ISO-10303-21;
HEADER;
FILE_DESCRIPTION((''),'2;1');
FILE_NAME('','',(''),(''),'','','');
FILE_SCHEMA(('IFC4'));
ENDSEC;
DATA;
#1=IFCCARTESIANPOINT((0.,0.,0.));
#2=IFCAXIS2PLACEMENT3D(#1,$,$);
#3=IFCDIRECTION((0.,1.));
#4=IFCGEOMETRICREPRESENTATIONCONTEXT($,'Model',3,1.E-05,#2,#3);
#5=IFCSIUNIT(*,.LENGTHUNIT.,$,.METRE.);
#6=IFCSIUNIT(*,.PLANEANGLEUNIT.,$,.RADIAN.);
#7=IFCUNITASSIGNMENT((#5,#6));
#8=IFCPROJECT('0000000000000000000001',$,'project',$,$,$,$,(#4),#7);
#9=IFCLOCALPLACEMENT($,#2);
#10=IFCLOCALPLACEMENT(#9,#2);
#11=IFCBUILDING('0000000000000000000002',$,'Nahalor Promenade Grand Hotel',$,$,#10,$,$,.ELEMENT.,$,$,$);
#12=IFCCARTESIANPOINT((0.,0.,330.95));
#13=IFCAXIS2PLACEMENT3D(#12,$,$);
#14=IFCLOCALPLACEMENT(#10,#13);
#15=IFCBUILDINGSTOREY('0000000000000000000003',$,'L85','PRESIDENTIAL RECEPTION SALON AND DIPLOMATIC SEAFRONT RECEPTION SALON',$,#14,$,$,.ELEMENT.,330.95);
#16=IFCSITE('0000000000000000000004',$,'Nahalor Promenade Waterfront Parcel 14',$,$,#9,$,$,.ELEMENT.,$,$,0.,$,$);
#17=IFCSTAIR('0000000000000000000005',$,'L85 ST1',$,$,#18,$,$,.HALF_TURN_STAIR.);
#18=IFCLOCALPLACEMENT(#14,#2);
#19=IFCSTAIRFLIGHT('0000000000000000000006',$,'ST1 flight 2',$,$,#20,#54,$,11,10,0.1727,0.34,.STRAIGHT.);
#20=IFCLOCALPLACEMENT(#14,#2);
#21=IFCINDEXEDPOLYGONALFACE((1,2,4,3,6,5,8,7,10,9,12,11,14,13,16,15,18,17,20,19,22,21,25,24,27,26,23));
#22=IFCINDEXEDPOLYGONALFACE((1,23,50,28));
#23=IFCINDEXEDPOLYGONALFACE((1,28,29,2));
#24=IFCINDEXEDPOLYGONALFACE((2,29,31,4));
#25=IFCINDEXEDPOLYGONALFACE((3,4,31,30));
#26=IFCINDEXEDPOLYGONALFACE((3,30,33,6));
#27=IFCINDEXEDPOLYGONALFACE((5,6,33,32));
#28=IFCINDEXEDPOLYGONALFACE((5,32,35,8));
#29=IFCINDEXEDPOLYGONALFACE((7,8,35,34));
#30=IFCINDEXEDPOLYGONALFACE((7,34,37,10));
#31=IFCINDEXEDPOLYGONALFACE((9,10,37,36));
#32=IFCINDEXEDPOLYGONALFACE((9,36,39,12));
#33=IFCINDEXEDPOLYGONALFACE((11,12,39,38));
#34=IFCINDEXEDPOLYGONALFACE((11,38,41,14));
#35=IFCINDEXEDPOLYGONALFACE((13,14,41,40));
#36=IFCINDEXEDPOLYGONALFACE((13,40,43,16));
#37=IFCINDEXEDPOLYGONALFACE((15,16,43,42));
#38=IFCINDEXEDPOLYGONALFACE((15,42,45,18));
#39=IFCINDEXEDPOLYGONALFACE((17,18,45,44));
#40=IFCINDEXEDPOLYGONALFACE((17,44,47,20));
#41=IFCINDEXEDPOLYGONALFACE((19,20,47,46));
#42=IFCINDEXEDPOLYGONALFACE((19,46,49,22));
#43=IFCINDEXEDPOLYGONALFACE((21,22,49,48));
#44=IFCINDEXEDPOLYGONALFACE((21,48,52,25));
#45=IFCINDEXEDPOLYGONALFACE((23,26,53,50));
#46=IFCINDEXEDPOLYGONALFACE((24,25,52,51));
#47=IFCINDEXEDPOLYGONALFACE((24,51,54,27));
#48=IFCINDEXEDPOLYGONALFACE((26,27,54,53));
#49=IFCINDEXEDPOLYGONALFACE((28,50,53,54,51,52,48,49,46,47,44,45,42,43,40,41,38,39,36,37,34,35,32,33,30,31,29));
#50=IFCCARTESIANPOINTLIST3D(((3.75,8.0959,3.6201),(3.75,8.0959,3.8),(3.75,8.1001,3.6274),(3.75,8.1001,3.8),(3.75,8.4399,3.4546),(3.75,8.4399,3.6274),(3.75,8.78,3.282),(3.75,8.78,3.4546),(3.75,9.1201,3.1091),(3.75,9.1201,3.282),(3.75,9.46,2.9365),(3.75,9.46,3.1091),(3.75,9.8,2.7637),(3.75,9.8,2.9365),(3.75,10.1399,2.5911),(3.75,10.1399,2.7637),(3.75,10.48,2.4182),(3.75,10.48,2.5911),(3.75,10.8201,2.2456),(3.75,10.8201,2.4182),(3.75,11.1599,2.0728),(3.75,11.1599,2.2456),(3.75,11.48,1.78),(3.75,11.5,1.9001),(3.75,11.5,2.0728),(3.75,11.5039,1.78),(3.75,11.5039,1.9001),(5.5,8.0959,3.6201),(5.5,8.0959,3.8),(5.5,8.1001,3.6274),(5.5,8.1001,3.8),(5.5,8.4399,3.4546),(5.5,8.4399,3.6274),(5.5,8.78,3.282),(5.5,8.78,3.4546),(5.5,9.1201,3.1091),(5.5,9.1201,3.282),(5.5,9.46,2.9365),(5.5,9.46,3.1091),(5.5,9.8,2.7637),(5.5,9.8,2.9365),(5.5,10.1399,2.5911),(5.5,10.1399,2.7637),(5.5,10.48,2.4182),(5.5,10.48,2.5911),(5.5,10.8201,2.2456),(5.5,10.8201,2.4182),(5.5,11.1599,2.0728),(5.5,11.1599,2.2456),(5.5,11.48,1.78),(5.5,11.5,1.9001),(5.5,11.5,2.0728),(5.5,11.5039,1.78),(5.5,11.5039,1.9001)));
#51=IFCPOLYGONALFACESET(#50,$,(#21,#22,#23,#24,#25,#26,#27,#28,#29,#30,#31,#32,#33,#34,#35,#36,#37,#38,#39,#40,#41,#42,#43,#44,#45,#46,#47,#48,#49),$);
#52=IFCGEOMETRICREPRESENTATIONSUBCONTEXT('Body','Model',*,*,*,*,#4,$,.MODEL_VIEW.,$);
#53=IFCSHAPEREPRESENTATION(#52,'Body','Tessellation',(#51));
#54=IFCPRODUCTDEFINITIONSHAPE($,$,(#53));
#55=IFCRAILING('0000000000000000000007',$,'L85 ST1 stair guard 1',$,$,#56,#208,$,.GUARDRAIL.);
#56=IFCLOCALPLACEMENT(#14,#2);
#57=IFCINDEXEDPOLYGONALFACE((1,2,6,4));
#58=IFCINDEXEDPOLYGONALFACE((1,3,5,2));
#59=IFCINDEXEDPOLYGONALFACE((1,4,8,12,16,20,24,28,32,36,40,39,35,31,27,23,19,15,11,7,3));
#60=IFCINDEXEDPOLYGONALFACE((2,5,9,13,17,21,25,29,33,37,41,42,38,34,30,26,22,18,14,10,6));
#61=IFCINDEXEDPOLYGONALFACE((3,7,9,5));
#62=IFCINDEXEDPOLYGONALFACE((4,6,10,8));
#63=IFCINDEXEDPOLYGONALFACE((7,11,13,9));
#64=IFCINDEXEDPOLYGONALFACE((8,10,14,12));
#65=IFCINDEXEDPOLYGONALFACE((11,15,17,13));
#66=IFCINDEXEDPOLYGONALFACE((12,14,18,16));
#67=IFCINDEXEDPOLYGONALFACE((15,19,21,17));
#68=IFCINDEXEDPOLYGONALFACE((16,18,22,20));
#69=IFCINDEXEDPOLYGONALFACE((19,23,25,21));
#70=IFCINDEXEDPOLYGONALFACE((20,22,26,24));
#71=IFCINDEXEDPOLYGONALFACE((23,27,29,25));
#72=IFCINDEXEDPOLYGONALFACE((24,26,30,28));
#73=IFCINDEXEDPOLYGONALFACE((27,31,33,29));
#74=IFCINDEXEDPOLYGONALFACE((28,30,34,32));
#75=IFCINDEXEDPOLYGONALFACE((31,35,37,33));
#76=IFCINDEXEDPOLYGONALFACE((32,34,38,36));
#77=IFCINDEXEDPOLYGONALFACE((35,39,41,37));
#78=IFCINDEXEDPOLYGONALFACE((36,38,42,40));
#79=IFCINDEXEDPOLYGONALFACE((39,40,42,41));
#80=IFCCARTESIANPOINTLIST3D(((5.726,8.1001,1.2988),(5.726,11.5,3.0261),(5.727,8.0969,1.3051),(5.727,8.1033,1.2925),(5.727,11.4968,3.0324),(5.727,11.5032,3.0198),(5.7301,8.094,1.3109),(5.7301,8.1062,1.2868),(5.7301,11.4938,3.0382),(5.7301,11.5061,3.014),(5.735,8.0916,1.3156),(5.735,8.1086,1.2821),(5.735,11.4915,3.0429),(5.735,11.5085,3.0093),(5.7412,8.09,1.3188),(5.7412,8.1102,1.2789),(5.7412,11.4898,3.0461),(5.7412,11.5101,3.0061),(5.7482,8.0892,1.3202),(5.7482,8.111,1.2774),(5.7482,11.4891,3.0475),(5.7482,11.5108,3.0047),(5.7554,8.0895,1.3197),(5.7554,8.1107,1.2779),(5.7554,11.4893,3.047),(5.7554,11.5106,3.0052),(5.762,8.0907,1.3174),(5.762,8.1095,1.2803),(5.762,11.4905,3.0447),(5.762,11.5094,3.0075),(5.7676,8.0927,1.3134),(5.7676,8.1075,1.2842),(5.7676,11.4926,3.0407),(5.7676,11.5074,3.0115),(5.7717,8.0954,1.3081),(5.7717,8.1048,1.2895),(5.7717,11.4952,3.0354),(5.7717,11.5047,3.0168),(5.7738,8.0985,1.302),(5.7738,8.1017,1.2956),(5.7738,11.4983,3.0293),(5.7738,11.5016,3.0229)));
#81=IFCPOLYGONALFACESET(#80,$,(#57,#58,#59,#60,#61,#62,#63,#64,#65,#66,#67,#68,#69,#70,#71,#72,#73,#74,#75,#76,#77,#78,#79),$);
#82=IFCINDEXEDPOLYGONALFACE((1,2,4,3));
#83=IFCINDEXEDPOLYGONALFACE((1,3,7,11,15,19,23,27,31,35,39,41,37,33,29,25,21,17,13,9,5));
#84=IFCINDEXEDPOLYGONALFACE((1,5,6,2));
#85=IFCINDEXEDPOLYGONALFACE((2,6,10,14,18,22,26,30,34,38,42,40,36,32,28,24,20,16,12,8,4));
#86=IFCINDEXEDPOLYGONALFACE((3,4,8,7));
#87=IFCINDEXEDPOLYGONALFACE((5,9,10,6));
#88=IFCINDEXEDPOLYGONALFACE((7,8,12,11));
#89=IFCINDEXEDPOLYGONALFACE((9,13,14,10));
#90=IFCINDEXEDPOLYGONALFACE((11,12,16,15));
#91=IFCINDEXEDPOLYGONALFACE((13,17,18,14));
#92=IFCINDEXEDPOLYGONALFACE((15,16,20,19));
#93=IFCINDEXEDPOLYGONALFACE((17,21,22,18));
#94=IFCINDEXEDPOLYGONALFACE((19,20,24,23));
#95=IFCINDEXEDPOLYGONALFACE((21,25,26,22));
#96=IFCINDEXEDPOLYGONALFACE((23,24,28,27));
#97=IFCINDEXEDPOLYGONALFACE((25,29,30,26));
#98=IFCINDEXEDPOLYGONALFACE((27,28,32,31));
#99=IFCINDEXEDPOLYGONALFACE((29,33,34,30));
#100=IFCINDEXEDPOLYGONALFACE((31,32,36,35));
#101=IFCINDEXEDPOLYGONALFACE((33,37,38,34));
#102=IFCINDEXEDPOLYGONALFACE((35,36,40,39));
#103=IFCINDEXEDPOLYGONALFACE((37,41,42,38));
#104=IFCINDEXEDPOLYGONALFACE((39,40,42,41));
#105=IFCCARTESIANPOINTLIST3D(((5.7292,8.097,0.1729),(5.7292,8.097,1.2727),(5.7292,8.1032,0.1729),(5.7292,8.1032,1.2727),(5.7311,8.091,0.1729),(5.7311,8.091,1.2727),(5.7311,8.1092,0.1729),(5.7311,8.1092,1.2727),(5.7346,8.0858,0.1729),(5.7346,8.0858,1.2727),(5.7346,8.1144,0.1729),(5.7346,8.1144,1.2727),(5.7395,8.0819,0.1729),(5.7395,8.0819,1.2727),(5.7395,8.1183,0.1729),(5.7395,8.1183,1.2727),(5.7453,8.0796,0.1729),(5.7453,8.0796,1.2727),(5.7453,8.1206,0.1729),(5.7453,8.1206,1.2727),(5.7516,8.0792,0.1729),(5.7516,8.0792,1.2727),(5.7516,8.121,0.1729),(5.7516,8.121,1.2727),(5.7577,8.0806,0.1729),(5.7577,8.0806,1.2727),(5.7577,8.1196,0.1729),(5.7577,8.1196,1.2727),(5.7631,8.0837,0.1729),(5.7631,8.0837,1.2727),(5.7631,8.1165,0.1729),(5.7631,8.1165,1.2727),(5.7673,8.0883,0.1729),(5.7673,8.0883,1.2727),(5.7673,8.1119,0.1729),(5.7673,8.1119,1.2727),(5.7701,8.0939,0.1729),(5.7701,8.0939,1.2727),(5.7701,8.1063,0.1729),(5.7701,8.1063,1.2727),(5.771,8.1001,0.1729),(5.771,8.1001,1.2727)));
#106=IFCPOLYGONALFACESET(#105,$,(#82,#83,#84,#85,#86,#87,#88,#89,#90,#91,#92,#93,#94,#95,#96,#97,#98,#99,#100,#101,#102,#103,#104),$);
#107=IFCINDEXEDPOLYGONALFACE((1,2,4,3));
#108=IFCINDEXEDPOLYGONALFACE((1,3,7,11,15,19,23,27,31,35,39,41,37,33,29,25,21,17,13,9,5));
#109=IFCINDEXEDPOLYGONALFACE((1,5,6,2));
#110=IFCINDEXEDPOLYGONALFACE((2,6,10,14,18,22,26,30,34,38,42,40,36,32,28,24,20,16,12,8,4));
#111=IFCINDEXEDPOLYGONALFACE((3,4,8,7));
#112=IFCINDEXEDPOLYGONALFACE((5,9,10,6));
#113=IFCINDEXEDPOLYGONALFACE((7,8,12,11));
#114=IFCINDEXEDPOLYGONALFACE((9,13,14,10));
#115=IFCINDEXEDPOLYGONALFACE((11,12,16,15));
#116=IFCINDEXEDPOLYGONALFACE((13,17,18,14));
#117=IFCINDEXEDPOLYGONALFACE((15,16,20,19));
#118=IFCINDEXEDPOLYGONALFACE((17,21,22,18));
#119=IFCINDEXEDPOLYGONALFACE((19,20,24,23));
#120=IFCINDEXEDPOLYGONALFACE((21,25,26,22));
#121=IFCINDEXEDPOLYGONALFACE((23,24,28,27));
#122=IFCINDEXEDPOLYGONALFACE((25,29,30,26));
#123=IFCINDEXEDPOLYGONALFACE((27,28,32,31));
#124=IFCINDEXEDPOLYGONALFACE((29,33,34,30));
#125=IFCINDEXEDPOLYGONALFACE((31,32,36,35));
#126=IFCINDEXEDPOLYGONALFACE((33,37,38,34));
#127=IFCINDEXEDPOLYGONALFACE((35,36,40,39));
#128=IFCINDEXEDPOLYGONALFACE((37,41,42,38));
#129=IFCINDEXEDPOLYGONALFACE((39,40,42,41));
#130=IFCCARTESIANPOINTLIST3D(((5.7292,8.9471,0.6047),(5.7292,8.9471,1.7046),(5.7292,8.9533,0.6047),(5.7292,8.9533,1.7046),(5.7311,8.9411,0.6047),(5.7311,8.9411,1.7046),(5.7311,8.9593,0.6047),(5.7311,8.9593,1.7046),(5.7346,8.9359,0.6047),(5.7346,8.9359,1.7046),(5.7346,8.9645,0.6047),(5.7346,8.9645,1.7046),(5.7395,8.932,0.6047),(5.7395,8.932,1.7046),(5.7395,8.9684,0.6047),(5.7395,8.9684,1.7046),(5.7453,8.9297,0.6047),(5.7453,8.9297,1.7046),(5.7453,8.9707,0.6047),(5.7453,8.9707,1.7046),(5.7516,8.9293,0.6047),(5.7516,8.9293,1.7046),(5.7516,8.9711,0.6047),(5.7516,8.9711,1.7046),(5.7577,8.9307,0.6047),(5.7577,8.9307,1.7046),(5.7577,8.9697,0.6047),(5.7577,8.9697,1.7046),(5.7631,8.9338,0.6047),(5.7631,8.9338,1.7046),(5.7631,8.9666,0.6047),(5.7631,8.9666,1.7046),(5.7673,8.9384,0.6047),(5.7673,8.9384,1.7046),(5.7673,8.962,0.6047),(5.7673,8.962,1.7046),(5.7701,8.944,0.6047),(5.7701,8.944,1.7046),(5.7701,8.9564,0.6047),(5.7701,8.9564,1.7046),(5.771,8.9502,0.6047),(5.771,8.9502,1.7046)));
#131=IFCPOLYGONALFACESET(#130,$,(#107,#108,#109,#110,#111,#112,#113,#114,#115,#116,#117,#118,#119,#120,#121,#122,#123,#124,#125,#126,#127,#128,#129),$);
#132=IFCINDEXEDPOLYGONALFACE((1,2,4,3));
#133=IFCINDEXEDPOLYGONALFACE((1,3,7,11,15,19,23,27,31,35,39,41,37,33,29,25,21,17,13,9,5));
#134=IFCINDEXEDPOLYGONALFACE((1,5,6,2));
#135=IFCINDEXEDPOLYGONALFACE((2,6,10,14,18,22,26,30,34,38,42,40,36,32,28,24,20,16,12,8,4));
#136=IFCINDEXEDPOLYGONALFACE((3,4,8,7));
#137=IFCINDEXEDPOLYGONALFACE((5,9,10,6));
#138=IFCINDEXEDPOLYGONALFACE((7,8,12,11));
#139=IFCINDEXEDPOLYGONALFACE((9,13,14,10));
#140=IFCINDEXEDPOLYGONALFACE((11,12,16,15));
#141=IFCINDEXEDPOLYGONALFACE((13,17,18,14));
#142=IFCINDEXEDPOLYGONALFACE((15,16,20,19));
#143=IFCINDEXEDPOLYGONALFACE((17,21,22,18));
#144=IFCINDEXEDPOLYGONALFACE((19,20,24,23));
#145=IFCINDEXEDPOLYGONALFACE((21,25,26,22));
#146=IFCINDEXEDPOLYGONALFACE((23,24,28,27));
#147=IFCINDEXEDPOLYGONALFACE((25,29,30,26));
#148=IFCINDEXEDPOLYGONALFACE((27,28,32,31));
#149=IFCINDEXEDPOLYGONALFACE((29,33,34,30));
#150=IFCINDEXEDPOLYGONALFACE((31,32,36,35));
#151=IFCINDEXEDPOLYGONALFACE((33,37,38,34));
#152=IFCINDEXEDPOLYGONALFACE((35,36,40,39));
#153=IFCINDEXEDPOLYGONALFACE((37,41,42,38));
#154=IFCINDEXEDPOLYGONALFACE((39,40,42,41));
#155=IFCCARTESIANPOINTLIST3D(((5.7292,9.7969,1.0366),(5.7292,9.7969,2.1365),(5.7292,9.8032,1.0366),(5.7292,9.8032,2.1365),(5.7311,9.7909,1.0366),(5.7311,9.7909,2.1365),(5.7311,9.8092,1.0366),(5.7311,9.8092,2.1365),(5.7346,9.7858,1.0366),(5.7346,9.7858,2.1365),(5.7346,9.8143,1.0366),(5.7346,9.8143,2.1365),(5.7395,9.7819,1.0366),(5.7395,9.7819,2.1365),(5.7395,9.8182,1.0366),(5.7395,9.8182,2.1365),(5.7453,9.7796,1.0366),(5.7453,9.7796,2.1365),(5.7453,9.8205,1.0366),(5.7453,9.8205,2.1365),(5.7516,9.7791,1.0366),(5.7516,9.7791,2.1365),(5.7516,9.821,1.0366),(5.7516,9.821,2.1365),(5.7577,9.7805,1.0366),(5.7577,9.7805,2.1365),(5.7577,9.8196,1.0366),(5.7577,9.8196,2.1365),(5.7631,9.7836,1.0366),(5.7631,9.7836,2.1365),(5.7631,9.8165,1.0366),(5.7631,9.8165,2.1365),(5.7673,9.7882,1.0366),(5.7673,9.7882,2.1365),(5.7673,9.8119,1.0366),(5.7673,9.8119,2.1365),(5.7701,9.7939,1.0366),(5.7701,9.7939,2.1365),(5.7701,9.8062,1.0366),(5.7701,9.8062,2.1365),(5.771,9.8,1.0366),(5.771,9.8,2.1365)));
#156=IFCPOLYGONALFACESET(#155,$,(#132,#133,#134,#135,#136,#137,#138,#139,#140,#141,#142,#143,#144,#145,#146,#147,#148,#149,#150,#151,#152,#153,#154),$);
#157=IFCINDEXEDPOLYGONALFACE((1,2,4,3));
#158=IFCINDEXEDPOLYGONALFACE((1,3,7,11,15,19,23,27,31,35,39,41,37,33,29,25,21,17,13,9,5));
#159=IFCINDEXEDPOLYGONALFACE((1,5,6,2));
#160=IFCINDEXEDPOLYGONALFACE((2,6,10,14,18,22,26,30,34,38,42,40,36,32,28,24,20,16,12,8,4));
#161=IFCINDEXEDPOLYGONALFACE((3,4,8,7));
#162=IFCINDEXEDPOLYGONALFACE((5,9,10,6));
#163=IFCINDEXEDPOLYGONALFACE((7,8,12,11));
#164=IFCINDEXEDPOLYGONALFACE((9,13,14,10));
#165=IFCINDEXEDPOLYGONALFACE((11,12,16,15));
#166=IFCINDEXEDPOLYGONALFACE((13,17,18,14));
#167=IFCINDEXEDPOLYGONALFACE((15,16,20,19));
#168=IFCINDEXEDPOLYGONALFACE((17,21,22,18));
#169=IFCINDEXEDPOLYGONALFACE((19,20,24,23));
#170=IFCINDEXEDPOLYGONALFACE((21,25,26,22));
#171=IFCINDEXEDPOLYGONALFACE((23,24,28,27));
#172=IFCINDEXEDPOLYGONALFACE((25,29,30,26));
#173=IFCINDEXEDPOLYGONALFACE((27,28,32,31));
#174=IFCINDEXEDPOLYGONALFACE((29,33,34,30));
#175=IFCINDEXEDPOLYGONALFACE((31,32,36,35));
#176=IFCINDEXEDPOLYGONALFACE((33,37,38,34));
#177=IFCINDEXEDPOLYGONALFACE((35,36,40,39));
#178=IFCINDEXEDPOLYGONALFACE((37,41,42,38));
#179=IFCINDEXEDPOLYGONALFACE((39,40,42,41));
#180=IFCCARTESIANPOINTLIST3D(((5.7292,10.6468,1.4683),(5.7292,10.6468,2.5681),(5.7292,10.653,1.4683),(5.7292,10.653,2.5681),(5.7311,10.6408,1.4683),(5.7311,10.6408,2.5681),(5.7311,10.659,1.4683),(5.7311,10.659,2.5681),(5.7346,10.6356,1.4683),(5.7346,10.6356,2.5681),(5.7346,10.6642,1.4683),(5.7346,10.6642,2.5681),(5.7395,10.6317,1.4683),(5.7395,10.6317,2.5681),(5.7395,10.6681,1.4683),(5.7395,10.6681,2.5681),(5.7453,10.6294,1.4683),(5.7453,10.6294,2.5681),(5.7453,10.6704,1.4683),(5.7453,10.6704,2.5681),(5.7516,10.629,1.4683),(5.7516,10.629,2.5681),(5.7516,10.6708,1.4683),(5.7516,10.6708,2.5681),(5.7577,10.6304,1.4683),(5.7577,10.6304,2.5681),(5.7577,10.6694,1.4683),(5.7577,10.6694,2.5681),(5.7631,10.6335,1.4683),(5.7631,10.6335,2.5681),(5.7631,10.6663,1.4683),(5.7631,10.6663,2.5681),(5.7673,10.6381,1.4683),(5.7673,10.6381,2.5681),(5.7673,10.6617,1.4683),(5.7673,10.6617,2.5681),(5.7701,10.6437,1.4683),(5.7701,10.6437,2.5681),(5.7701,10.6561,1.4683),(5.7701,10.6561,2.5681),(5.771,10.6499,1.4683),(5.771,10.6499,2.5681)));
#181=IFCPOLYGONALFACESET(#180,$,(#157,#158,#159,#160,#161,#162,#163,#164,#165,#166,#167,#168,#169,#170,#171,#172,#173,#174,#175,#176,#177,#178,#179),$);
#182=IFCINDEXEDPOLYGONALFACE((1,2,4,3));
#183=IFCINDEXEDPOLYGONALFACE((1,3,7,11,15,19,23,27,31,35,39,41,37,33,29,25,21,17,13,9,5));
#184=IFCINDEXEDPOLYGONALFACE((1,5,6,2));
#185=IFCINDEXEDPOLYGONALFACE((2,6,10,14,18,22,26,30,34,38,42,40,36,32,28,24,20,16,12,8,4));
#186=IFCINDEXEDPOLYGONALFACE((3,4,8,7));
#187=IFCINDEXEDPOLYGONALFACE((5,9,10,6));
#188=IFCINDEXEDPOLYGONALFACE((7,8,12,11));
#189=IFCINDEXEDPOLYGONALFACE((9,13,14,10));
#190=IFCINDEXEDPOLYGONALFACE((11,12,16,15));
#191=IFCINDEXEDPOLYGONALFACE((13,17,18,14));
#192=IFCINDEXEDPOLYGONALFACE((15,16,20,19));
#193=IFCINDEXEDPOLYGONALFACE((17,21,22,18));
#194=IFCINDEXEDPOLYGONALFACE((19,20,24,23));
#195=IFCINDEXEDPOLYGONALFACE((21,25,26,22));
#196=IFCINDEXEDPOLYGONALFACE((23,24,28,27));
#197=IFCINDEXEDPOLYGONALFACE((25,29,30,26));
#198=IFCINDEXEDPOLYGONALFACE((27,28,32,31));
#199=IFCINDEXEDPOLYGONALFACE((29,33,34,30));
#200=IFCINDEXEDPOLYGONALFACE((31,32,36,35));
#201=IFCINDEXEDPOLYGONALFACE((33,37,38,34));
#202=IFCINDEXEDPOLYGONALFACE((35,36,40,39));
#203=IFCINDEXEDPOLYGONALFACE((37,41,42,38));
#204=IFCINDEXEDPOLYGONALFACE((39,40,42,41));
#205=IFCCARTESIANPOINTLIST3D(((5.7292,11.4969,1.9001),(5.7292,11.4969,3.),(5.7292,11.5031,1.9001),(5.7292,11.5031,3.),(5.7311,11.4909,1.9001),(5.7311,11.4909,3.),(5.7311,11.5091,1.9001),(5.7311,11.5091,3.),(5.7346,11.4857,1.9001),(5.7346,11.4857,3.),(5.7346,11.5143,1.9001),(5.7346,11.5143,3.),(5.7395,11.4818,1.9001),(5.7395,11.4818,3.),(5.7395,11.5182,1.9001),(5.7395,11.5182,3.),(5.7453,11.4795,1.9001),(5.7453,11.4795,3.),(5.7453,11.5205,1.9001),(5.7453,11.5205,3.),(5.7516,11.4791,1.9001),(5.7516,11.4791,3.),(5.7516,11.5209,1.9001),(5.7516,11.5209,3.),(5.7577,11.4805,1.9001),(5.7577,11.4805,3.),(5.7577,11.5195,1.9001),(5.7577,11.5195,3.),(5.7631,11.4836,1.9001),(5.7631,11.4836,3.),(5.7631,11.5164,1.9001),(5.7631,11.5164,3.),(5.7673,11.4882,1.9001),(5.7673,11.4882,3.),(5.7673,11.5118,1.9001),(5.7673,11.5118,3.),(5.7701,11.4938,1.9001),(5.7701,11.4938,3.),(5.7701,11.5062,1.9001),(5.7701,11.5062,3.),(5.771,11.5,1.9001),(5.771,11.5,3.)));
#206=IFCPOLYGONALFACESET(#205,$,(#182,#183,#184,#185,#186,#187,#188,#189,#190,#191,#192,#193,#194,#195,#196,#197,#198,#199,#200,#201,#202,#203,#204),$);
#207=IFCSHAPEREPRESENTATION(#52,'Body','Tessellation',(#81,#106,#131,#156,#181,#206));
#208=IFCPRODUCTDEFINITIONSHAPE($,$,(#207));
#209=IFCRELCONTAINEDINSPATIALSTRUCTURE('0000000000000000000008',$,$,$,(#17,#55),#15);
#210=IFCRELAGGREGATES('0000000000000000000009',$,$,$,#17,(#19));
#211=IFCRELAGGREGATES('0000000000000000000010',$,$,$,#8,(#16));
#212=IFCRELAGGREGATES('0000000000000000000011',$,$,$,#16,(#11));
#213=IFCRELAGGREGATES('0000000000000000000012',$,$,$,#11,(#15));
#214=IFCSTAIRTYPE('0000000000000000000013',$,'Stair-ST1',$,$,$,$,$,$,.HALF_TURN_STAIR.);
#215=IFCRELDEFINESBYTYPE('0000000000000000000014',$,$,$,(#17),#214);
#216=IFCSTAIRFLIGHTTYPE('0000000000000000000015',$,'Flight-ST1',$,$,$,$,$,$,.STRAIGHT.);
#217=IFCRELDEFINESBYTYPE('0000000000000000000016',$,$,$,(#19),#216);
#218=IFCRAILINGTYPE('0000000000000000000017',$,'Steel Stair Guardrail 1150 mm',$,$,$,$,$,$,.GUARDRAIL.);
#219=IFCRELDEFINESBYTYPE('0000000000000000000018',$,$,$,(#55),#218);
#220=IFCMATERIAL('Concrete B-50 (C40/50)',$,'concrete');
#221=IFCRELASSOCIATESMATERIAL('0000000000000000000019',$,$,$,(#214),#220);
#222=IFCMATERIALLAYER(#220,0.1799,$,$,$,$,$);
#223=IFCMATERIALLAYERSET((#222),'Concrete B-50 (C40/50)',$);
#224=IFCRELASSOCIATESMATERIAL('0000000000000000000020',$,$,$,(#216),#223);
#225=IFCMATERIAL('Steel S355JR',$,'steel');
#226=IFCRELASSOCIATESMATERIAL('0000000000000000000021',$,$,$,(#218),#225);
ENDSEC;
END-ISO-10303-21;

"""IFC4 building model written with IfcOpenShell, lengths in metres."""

from ifc_helpers import new_model, si_unit, direction, frame, origin, origin_2d, place, context, subcontext, project, spatial, polyline, circle, outline, extrude, source, transform, mapped, material, layer, layer_set, type_object, element, aggregate, save


model = new_model("IFC4")

# Units and contexts
model_context = context("Model", 3, precision=1e-05, world=origin(), true_north=direction((0.0, 1.0)))
body_context = subcontext(model_context, "Body", "Model", "MODEL_VIEW")
ifc_project = project(units=[si_unit("LENGTHUNIT", "METRE"), si_unit("PLANEANGLEUNIT", "RADIAN")], contexts=[model_context])

# Site, building, storey
site_placement = place(None, origin())
site = spatial("IfcSite", under=ifc_project, at=site_placement, Name="Nahalor Promenade Waterfront Parcel 14", CompositionType="ELEMENT", RefElevation=0.0)
building_placement = place(site_placement, origin())
building = spatial("IfcBuilding", under=site, at=building_placement, Name="Nahalor Promenade Grand Hotel", CompositionType="ELEMENT")
storey_placement = place(building_placement, frame((0.0, 0.0, 330.95)))
storey = spatial("IfcBuildingStorey", under=building, at=storey_placement, Name="L85", Description="PRESIDENTIAL RECEPTION SALON AND DIPLOMATIC SEAFRONT RECEPTION SALON", CompositionType="ELEMENT", Elevation=330.95)

# Shared definitions
ifc_material_1 = material(Name="Steel S355JR", Category="steel")

# Shared definitions
ifc_material_2 = material(Name="Concrete B-50 (C40/50)", Category="concrete")

# Stair, stair flight
stair_type = type_object("IfcStairType", Name="Stair-ST1", PredefinedType="HALF_TURN_STAIR", material=ifc_material_2)
stair_placement = place(storey_placement, origin())
stair = element("IfcStair", 1, at=stair_placement, inside=storey, type_object=stair_type, Name="L85 ST1", PredefinedType="HALF_TURN_STAIR")
ifc_layer_1 = layer(ifc_material_2, 0.1799)
ifc_layer_set_1 = layer_set([ifc_layer_1], Name="Concrete B-50 (C40/50)")
stair_flight_type = type_object("IfcStairFlightType", Name="Flight-ST1", PredefinedType="STRAIGHT", material=ifc_layer_set_1)
shared_shape_1 = source(origin(), body_context, "Body", "SweptSolid", [
    extrude(outline(polyline([(-0.0039, -0.1201), (-0.0039, 0.0), (0.0, 0.0), (0.0, 0.1726), (0.3401, 0.1726), (0.3401, 0.3455), (0.6799, 0.3455), (0.6799, 0.5181), (1.02, 0.5181), (1.02, 0.6909), (1.3601, 0.6909), (1.3601, 0.8635), (1.7, 0.8635), (1.7, 1.0364), (2.04, 1.0364), (2.04, 1.209), (2.3799, 1.209), (2.3799, 1.3818), (2.72, 1.3818), (2.72, 1.5544), (3.0601, 1.5544), (3.0601, 1.7273), (3.3999, 1.7273), (3.3999, 1.8999), (3.4041, 1.8999), (3.4041, 1.72), (0.02, -0.1201), (-0.0039, -0.1201)])), frame((0.0, 0.875, 0.0), z_axis=(0.0, -1.0, 0.0), x_axis=(1.0, 0.0, 0.0)), (0.0, 0.0, 1.0), 1.75),
])
stair_flight_1_placement = place(storey_placement, frame((4.625, 11.5, 1.9001), z_axis=(0.0, 0.0, 1.0), x_axis=(0.0, -1.0, 0.0)))
stair_flight_1 = element("IfcStairFlight", 2, at=stair_flight_1_placement, type_object=stair_flight_type, Name="ST1 flight 2", NumberOfRisers=11, NumberOfTreads=10, PredefinedType="STRAIGHT", RiserHeight=0.1727, TreadLength=0.34, context=body_context, shape_type="MappedRepresentation", body=[
    mapped(shared_shape_1, transform((0.0, 0.0, 0.0), scale=1.0)),
])
aggregate(stair, [stair_flight_1])

# Railing
railing_type_1 = type_object("IfcRailingType", Name="Steel Stair Guardrail 1150 mm", PredefinedType="GUARDRAIL", material=ifc_material_1)
railing_1_placement = place(storey_placement, frame((5.75, 8.1001, 0.1729)))
element("IfcRailing", 3, at=railing_1_placement, inside=storey, type_object=railing_type_1, Name="L85 ST1 stair guard 1", PredefinedType="GUARDRAIL", context=body_context, shape_type="SweptSolid", body=[
    extrude(circle(Radius=0.024, at=origin_2d()), frame((0.0, 0.0, 1.126), z_axis=(0.0, 0.891541, 0.452941), x_axis=(-1.0, 0.0, 0.0)), (0.0, 0.0, 1.0), 3.8135),
    extrude(circle(Radius=0.021, at=origin_2d()), origin(), (0.0, 0.0, 1.0), 1.0999),
    extrude(circle(Radius=0.021, at=origin_2d()), frame((0.0, 0.8501, 0.4319)), (0.0, 0.0, 1.0), 1.0999),
    extrude(circle(Radius=0.021, at=origin_2d()), frame((0.0, 1.7, 0.8638)), (0.0, 0.0, 1.0), 1.0999),
    extrude(circle(Radius=0.021, at=origin_2d()), frame((0.0, 2.5498, 1.2954)), (0.0, 0.0, 1.0), 1.0999),
    extrude(circle(Radius=0.021, at=origin_2d()), frame((0.0, 3.3999, 1.7273)), (0.0, 0.0, 1.0), 1.0999),
])

save(model, "model.ifc")
